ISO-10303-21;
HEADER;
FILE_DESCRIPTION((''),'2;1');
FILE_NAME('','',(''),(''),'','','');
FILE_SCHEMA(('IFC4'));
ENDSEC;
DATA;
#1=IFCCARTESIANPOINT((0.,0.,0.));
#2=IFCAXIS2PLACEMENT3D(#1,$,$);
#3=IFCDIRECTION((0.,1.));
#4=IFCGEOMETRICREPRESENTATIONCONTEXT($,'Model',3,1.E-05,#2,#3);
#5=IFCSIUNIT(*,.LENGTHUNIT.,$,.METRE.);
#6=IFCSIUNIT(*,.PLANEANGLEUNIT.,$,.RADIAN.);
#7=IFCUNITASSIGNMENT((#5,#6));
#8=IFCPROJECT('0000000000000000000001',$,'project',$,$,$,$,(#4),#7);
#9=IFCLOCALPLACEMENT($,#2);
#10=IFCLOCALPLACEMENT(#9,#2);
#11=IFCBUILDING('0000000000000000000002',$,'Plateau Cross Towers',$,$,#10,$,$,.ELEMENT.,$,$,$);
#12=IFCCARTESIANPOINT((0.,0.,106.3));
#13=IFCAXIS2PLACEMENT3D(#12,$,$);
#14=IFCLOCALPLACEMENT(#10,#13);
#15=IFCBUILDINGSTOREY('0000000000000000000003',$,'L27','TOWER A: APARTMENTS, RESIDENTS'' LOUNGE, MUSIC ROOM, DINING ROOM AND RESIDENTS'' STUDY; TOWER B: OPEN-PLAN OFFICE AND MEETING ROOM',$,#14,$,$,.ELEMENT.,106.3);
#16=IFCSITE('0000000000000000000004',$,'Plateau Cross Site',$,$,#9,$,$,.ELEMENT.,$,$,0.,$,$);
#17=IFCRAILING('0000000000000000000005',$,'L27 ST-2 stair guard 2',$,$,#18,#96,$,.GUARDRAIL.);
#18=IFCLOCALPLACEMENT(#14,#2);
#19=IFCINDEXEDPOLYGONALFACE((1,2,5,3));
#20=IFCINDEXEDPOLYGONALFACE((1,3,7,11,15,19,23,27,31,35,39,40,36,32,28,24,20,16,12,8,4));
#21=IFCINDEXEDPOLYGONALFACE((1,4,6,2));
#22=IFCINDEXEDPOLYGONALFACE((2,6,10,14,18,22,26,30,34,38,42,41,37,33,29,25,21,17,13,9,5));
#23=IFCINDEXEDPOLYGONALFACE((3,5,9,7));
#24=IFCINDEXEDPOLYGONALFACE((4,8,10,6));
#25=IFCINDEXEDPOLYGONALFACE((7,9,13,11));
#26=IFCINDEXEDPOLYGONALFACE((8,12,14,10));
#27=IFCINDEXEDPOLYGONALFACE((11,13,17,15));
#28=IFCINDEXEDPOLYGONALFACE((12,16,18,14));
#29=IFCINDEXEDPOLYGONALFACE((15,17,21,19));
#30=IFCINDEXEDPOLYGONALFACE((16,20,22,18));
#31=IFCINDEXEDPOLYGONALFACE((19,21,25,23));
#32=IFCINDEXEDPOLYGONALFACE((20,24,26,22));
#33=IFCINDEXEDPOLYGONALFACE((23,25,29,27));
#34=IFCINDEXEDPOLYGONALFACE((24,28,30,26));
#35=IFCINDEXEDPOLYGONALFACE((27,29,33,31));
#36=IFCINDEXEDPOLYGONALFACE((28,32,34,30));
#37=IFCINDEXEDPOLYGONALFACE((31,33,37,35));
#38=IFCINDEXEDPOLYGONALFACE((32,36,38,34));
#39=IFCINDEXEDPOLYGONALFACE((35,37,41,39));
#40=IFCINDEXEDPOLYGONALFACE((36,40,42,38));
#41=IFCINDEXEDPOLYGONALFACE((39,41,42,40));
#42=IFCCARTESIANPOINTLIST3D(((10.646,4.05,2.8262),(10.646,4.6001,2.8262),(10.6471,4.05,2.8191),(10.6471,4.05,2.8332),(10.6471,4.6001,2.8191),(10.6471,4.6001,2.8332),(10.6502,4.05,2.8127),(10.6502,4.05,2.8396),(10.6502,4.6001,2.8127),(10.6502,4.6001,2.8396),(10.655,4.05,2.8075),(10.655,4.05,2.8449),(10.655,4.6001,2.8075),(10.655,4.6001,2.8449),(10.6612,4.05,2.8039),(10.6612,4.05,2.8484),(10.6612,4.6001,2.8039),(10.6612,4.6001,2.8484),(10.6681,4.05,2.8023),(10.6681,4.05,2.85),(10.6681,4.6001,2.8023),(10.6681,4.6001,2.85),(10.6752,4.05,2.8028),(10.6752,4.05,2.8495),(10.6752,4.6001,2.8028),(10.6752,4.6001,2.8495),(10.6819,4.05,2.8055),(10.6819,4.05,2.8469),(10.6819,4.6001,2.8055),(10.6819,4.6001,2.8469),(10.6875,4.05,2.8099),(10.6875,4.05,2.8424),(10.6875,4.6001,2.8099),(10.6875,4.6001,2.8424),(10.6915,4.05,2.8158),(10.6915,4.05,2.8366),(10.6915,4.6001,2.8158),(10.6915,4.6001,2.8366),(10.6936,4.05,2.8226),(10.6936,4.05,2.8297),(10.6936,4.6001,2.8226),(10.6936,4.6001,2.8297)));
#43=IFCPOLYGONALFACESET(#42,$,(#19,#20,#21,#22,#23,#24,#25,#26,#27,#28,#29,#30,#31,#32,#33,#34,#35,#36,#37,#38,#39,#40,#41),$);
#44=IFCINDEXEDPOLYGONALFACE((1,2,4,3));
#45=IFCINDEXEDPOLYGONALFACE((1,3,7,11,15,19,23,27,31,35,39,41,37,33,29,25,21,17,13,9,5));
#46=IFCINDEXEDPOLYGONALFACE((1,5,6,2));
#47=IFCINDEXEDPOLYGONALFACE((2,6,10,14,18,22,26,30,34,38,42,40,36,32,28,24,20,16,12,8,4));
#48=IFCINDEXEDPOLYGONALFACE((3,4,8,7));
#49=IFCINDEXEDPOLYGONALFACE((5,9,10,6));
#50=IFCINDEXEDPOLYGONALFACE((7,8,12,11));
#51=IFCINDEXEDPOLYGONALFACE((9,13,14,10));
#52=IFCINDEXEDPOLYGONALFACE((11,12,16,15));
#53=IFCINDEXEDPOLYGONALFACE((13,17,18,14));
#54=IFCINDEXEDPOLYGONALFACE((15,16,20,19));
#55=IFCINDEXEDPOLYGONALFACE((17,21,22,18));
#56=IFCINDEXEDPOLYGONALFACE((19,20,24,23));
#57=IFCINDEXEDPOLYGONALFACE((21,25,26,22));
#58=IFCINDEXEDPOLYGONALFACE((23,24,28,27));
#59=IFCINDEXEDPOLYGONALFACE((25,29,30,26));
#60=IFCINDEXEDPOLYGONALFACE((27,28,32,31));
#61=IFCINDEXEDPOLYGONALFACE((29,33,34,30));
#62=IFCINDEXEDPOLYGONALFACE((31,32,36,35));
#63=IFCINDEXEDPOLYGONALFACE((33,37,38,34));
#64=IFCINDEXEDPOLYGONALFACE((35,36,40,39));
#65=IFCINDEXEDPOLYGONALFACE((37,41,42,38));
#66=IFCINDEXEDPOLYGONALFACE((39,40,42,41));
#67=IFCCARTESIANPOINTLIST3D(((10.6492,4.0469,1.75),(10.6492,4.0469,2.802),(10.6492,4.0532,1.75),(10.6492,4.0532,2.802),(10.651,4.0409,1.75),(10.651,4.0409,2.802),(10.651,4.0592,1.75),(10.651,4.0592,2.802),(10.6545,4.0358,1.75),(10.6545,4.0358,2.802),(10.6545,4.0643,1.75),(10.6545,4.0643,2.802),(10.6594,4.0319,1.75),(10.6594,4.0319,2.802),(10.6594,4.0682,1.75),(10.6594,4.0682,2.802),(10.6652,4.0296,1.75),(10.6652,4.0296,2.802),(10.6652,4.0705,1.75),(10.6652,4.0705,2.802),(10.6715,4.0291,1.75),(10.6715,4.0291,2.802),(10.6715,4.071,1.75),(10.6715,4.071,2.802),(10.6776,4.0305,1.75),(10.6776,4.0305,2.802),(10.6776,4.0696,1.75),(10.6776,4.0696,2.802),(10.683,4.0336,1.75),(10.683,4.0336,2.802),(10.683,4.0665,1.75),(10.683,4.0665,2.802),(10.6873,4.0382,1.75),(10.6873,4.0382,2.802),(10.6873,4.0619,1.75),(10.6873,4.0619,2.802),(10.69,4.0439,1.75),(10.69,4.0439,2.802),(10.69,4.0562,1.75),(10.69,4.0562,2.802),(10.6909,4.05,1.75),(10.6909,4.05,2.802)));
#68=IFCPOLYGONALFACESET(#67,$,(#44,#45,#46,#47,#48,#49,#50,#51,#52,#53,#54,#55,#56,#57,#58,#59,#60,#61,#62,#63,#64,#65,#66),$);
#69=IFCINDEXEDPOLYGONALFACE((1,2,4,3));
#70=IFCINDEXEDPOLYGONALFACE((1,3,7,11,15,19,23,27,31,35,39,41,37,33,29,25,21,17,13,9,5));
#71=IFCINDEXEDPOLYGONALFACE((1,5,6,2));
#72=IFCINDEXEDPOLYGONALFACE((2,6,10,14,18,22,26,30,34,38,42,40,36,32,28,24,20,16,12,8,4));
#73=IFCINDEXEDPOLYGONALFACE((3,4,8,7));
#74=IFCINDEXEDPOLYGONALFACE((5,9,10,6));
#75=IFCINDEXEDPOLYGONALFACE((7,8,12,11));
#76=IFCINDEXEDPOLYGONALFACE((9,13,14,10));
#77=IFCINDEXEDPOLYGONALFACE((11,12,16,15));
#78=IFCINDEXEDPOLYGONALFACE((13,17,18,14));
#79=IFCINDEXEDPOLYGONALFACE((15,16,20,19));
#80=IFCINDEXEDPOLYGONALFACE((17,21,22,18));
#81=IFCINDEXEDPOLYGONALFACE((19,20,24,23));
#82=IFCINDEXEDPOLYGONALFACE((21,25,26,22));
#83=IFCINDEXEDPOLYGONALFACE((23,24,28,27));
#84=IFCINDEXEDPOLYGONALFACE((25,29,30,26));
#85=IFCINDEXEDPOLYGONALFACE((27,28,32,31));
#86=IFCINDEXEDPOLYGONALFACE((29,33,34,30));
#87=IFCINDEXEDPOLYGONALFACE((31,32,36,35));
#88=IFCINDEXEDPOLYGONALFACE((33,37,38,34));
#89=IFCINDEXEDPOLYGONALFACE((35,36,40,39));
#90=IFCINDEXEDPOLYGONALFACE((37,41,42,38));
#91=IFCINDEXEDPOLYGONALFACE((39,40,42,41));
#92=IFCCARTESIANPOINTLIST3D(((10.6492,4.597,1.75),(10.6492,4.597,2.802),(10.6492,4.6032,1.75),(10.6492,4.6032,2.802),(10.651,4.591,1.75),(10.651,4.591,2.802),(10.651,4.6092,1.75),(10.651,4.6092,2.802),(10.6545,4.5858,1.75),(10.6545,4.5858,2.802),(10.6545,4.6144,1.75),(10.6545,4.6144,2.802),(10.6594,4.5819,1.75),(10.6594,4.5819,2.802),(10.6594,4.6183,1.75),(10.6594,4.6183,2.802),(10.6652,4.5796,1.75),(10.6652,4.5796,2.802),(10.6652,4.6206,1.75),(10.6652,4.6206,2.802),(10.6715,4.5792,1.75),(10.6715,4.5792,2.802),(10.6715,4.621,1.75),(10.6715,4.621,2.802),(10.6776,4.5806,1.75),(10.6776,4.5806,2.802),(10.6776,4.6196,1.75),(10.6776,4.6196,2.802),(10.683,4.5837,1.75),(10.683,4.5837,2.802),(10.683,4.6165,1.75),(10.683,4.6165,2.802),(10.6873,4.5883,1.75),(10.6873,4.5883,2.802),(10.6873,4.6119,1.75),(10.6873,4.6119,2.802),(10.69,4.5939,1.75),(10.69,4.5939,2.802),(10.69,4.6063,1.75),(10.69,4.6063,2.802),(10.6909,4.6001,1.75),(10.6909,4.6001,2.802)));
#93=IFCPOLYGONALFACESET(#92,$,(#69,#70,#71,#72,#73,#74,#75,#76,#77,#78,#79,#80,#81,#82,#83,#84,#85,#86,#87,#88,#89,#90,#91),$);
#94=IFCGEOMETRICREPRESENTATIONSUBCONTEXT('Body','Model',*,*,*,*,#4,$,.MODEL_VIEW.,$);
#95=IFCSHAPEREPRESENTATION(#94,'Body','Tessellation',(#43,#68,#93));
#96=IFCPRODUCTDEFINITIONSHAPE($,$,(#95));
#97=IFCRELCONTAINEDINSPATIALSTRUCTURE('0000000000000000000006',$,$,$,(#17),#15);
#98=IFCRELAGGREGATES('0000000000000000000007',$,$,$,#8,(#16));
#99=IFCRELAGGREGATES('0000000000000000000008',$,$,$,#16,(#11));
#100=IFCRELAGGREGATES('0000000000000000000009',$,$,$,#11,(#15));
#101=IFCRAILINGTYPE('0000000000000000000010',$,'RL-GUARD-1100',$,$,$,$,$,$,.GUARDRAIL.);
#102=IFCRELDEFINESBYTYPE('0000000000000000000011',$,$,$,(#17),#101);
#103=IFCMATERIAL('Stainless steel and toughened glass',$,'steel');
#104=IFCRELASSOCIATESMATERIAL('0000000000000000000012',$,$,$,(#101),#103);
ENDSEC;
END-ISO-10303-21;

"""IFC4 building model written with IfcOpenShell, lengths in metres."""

from ifc_helpers import new_model, si_unit, direction, frame, origin, origin_2d, place, context, subcontext, project, spatial, circle, extrude, material, type_object, element, save


model = new_model("IFC4")

# Units and contexts
model_context = context("Model", 3, precision=1e-05, world=origin(), true_north=direction((0.0, 1.0)))
body_context = subcontext(model_context, "Body", "Model", "MODEL_VIEW")
ifc_project = project(units=[si_unit("LENGTHUNIT", "METRE"), si_unit("PLANEANGLEUNIT", "RADIAN")], contexts=[model_context])

# Site, building, storey
site_placement = place(None, origin())
site = spatial("IfcSite", under=ifc_project, at=site_placement, Name="Plateau Cross Site", CompositionType="ELEMENT", RefElevation=0.0)
building_placement = place(site_placement, origin())
building = spatial("IfcBuilding", under=site, at=building_placement, Name="Plateau Cross Towers", CompositionType="ELEMENT")
storey_placement = place(building_placement, frame((0.0, 0.0, 106.3)))
storey = spatial("IfcBuildingStorey", under=building, at=storey_placement, Name="L27", Description="TOWER A: APARTMENTS, RESIDENTS' LOUNGE, MUSIC ROOM, DINING ROOM AND RESIDENTS' STUDY; TOWER B: OPEN-PLAN OFFICE AND MEETING ROOM", CompositionType="ELEMENT", Elevation=106.3)

# Railing
ifc_material_1 = material(Name="Stainless steel and toughened glass", Category="steel")
railing_type_1 = type_object("IfcRailingType", Name="RL-GUARD-1100", PredefinedType="GUARDRAIL", material=ifc_material_1)
railing_1_placement = place(storey_placement, frame((10.6699, 4.05, 1.75)))
element("IfcRailing", 1, at=railing_1_placement, inside=storey, type_object=railing_type_1, Name="L27 ST-2 stair guard 2", PredefinedType="GUARDRAIL", context=body_context, shape_type="SweptSolid", body=[
    extrude(circle(Radius=0.0239, at=origin_2d()), frame((0.0, 0.0, 1.0762), z_axis=(0.0, 1.0, 0.0), x_axis=(-1.0, 0.0, 0.0)), (0.0, 0.0, 1.0), 0.55),
    extrude(circle(Radius=0.021, at=origin_2d()), origin(), (0.0, 0.0, 1.0), 1.052),
    extrude(circle(Radius=0.021, at=origin_2d()), frame((0.0, 0.55, 0.0)), (0.0, 0.0, 1.0), 1.052),
])

save(model, "model.ifc")
